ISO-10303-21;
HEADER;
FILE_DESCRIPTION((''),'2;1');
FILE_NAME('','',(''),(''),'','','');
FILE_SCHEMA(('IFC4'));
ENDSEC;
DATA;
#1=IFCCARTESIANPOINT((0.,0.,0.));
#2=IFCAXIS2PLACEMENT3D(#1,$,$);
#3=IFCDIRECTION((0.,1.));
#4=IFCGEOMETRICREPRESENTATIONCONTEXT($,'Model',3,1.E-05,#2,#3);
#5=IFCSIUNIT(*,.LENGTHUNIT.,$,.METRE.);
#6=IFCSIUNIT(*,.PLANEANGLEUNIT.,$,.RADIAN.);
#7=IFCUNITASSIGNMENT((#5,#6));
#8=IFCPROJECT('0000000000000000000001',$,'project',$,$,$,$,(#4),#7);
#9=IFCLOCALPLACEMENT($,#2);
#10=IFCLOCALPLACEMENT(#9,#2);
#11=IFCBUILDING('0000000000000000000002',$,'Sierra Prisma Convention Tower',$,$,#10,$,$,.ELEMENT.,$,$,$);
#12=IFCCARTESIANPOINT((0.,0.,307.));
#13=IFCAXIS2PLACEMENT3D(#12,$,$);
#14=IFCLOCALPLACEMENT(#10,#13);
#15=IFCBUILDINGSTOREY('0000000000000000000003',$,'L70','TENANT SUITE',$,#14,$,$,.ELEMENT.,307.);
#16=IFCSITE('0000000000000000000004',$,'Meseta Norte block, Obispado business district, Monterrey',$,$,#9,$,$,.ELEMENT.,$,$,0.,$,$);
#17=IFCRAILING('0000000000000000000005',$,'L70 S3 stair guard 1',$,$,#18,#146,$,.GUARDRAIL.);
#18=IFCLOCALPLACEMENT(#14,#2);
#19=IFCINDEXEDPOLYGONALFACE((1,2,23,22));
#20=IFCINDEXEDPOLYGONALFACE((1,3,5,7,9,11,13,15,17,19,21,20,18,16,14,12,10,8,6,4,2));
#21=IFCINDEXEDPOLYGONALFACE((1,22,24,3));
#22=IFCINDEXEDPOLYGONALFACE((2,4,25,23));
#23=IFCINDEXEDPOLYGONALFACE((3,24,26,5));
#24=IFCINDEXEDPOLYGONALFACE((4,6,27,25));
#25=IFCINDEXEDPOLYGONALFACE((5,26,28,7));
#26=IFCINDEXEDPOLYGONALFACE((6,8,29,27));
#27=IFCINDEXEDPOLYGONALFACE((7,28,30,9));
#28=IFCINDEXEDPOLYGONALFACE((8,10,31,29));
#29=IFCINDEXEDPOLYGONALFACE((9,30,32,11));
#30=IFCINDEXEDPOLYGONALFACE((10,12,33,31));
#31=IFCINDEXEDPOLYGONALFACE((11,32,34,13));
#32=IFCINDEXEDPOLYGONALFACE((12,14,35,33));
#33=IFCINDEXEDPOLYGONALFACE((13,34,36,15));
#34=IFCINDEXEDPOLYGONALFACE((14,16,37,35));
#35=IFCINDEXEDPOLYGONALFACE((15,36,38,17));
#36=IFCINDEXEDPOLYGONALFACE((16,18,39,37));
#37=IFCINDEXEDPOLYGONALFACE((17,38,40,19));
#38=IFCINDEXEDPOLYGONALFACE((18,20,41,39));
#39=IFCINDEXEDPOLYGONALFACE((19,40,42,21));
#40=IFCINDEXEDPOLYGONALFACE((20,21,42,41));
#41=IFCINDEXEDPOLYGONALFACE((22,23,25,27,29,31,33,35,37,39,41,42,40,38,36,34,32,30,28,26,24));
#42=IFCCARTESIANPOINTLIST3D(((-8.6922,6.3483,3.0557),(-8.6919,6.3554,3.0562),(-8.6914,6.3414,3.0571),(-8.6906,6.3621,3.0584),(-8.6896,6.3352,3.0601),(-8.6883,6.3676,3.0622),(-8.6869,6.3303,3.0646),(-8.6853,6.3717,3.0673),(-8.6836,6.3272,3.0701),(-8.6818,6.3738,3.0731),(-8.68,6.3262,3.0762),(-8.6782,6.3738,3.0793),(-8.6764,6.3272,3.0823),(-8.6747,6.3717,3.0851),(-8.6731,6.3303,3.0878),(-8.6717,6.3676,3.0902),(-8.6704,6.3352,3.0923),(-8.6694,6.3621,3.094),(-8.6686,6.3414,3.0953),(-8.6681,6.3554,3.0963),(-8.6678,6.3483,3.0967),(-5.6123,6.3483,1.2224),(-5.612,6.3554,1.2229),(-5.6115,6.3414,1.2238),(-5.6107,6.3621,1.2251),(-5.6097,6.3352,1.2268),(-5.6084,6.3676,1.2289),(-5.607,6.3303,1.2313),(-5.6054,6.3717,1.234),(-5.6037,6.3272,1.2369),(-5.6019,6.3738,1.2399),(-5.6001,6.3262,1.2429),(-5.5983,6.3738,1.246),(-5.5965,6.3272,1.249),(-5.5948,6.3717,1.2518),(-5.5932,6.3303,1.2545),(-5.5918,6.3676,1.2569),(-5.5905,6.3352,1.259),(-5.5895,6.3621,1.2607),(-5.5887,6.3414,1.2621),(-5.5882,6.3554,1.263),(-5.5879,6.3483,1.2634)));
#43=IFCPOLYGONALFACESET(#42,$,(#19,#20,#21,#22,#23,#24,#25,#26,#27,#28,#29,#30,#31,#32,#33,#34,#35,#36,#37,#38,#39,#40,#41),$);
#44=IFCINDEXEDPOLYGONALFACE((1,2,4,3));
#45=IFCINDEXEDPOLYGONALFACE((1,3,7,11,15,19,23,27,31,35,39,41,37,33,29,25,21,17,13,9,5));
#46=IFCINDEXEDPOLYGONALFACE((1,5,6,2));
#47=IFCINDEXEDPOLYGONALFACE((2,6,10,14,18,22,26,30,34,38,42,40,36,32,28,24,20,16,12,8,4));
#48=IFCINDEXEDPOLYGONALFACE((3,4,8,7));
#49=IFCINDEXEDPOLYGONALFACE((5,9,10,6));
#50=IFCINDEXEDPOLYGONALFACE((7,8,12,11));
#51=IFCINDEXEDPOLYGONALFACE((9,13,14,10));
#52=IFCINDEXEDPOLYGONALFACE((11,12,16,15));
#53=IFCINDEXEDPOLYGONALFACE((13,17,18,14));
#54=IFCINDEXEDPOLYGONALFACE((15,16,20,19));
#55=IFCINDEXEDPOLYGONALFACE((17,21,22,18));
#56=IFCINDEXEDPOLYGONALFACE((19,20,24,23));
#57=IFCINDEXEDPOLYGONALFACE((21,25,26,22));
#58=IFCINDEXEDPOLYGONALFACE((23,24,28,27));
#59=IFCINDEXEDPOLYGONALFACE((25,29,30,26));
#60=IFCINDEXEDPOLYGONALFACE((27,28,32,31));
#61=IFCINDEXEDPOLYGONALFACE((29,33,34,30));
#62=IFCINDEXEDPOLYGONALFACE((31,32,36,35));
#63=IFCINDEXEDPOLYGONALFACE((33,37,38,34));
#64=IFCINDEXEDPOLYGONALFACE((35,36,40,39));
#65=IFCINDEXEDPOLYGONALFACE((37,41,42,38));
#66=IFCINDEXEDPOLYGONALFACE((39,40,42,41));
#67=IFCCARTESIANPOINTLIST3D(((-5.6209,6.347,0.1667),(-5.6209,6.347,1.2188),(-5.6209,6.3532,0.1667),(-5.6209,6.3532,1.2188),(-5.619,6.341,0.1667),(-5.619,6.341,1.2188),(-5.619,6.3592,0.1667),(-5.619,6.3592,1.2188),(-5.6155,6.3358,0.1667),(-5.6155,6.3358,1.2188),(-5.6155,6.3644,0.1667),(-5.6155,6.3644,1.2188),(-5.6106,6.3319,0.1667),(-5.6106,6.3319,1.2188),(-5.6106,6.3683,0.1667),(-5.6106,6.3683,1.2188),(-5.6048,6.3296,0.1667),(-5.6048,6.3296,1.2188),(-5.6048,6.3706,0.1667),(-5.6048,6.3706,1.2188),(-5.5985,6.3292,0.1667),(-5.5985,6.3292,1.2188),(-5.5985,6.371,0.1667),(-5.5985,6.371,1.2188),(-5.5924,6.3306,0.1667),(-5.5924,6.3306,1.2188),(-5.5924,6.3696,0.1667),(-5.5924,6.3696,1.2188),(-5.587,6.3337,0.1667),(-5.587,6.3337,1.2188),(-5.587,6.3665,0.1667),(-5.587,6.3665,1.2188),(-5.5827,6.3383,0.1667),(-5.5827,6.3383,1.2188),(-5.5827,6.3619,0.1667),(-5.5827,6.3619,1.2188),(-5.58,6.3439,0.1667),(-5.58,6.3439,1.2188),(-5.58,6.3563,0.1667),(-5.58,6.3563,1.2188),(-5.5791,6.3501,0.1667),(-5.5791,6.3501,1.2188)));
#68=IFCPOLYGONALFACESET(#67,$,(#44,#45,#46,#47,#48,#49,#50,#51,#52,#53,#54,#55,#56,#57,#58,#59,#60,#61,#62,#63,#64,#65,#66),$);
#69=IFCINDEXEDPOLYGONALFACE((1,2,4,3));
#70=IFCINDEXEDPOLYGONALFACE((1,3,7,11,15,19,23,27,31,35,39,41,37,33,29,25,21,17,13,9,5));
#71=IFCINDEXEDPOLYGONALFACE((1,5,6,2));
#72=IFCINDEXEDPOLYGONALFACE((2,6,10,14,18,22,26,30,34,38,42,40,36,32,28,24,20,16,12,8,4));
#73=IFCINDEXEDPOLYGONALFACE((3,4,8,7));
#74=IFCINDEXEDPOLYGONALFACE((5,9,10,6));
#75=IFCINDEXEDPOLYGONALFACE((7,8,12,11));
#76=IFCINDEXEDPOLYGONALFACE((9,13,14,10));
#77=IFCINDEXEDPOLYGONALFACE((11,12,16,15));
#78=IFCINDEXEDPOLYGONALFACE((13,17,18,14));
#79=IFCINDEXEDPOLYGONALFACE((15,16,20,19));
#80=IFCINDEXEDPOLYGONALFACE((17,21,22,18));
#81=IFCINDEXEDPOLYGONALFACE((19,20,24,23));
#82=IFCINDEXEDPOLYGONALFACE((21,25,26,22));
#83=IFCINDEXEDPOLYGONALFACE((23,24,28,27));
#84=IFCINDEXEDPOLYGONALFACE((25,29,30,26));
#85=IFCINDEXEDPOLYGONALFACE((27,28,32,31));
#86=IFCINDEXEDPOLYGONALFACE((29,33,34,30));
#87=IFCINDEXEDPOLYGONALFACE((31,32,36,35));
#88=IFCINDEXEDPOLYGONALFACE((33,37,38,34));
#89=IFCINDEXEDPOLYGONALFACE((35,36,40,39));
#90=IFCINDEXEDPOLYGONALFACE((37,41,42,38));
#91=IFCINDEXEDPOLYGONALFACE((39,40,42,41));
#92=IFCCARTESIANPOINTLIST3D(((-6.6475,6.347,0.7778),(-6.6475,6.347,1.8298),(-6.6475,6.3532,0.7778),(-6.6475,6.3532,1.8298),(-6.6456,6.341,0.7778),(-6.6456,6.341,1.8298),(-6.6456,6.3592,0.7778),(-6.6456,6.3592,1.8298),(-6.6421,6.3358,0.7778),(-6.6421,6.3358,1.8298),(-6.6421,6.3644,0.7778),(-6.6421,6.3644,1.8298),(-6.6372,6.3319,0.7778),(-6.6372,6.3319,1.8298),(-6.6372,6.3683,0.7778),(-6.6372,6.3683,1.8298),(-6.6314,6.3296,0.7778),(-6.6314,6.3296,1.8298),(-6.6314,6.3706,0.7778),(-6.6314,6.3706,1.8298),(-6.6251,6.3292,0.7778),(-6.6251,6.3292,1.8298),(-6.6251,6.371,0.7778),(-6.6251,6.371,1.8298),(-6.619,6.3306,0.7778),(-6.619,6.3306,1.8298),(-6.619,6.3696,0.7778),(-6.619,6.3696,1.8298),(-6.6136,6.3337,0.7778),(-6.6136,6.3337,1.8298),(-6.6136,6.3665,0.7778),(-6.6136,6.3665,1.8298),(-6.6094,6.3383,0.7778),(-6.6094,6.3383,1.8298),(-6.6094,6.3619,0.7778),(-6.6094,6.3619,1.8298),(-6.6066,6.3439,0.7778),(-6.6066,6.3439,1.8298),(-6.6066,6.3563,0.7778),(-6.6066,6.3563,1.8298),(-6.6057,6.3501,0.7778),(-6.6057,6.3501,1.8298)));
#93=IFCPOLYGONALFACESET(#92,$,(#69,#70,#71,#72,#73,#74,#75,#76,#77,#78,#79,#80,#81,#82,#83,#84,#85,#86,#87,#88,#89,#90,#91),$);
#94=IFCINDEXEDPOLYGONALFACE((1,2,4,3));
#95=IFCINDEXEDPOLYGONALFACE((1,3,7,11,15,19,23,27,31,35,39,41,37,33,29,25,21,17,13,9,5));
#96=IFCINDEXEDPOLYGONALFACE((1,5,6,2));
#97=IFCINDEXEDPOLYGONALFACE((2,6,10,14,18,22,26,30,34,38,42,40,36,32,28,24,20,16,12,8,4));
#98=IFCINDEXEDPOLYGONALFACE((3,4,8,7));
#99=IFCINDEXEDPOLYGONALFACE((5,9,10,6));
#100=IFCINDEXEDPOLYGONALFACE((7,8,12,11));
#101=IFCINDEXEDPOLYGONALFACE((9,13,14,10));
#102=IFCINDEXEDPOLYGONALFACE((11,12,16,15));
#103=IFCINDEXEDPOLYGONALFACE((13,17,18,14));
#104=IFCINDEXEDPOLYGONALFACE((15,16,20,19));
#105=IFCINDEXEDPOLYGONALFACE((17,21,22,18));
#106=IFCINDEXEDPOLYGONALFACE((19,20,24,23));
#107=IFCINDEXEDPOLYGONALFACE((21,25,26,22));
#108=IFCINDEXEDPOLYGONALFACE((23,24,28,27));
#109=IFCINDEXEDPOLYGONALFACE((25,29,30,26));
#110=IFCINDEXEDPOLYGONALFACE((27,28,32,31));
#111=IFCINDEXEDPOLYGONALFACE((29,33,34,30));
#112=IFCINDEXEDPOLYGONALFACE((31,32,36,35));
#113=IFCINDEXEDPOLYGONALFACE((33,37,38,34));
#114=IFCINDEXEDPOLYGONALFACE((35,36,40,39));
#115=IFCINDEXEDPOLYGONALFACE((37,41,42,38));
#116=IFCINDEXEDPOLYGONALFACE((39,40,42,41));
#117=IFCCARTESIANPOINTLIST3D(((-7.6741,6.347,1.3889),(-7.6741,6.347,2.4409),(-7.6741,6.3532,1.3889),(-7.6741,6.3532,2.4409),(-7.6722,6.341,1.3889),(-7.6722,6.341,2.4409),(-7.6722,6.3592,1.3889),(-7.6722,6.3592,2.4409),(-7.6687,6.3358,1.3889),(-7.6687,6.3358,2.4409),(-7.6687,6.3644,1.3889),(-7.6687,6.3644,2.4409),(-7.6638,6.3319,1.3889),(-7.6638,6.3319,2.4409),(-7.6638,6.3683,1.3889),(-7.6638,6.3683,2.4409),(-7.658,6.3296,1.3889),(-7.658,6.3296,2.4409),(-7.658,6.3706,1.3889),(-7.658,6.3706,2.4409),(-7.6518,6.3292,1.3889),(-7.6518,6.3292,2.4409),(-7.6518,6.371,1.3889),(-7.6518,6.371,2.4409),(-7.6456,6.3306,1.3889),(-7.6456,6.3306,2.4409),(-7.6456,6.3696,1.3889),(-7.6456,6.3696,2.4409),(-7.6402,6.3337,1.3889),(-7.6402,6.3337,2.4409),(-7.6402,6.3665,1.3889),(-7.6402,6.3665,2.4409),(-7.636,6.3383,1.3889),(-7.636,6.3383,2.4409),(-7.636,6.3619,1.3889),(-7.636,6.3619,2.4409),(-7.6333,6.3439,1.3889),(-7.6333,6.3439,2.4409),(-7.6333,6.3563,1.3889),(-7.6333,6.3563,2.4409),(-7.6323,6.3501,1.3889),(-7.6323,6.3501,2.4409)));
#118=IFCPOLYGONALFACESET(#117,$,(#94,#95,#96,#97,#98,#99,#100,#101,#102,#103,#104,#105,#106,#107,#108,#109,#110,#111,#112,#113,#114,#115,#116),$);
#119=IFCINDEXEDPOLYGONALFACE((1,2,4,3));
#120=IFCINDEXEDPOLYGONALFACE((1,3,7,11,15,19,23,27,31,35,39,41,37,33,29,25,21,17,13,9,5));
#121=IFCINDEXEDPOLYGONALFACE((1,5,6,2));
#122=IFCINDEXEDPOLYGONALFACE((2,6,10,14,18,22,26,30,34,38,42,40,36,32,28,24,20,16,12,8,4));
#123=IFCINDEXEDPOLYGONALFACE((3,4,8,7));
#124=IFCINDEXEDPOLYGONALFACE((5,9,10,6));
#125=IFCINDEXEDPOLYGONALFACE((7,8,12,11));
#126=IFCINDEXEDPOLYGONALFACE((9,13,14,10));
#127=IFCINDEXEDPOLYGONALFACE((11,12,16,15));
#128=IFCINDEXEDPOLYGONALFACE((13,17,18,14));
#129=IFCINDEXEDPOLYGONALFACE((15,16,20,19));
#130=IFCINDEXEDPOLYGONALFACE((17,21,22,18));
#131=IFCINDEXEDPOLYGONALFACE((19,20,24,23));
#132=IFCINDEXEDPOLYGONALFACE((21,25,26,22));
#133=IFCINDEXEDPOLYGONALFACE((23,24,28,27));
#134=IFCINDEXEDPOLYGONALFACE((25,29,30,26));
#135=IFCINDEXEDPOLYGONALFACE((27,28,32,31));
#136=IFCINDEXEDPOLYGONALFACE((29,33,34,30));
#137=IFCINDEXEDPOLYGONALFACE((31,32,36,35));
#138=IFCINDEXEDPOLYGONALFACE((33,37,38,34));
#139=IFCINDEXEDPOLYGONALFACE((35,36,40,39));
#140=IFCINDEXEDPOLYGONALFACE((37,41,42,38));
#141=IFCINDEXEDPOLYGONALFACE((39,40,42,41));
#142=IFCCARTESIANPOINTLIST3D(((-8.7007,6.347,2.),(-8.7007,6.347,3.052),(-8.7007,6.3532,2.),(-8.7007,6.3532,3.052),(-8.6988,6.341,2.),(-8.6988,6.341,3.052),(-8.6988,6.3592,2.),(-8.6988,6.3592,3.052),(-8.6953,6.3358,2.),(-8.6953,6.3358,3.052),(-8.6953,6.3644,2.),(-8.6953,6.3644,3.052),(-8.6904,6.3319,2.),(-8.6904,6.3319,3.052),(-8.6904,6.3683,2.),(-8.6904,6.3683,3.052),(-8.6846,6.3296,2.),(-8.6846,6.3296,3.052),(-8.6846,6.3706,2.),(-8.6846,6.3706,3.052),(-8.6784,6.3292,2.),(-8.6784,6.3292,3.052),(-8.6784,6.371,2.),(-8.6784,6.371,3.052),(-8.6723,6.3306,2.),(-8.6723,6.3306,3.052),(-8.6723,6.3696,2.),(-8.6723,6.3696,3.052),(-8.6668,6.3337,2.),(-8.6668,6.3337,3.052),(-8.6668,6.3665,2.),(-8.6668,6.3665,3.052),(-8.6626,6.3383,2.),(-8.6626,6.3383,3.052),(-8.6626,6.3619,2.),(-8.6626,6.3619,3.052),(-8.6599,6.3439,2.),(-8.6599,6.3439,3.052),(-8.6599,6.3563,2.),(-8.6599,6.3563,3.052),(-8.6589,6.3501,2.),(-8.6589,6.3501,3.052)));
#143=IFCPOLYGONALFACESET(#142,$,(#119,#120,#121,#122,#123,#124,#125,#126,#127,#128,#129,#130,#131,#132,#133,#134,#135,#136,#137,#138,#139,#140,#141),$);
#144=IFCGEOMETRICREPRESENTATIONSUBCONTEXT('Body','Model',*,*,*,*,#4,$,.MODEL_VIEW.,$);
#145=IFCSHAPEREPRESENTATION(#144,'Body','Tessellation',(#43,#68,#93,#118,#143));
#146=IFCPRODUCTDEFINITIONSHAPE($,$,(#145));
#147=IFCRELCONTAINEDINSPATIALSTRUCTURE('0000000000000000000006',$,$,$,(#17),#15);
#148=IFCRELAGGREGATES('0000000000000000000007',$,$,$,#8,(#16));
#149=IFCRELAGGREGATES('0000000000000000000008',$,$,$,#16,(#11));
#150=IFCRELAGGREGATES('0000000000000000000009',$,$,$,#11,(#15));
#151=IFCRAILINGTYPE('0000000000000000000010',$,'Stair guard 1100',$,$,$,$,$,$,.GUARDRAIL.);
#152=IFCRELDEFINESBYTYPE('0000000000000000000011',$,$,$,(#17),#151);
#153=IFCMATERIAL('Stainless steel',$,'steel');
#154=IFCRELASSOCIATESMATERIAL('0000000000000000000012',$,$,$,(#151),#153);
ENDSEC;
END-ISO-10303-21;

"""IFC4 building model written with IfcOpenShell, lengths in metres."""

from ifc_helpers import new_model, si_unit, direction, frame, origin, origin_2d, place, context, subcontext, project, spatial, circle, extrude, material, type_object, element, save


model = new_model("IFC4")

# Units and contexts
model_context = context("Model", 3, precision=1e-05, world=origin(), true_north=direction((0.0, 1.0)))
body_context = subcontext(model_context, "Body", "Model", "MODEL_VIEW")
ifc_project = project(units=[si_unit("LENGTHUNIT", "METRE"), si_unit("PLANEANGLEUNIT", "RADIAN")], contexts=[model_context])

# Site, building, storey
site_placement = place(None, origin())
site = spatial("IfcSite", under=ifc_project, at=site_placement, Name="Meseta Norte block, Obispado business district, Monterrey", CompositionType="ELEMENT", RefElevation=0.0)
building_placement = place(site_placement, origin())
building = spatial("IfcBuilding", under=site, at=building_placement, Name="Sierra Prisma Convention Tower", CompositionType="ELEMENT")
storey_placement = place(building_placement, frame((0.0, 0.0, 307.0)))
storey = spatial("IfcBuildingStorey", under=building, at=storey_placement, Name="L70", Description="TENANT SUITE", CompositionType="ELEMENT", Elevation=307.0)

# Railing
ifc_material_1 = material(Name="Stainless steel", Category="steel")
railing_type_1 = type_object("IfcRailingType", Name="Stair guard 1100", PredefinedType="GUARDRAIL", material=ifc_material_1)
railing_1_placement = place(storey_placement, frame((-5.6001, 6.3501, 0.1667)))
element("IfcRailing", 1, at=railing_1_placement, inside=storey, type_object=railing_type_1, Name="L70 S3 stair guard 1", PredefinedType="GUARDRAIL", context=body_context, shape_type="SweptSolid", body=[
    extrude(circle(Radius=0.0239, at=origin_2d()), frame((0.0, 0.0, 1.0762), z_axis=(-0.859291, 0.0, 0.511487), x_axis=(0.0, -1.0, 0.0)), (0.0, 0.0, 1.0), 3.5842),
    extrude(circle(Radius=0.021, at=origin_2d()), origin(), (0.0, 0.0, 1.0), 1.052),
    extrude(circle(Radius=0.021, at=origin_2d()), frame((-1.0266, 0.0, 0.6111)), (0.0, 0.0, 1.0), 1.052),
    extrude(circle(Radius=0.021, at=origin_2d()), frame((-2.0532, 0.0, 1.2222)), (0.0, 0.0, 1.0), 1.052),
    extrude(circle(Radius=0.021, at=origin_2d()), frame((-3.0798, 0.0, 1.8333)), (0.0, 0.0, 1.0), 1.052),
])

save(model, "model.ifc")
